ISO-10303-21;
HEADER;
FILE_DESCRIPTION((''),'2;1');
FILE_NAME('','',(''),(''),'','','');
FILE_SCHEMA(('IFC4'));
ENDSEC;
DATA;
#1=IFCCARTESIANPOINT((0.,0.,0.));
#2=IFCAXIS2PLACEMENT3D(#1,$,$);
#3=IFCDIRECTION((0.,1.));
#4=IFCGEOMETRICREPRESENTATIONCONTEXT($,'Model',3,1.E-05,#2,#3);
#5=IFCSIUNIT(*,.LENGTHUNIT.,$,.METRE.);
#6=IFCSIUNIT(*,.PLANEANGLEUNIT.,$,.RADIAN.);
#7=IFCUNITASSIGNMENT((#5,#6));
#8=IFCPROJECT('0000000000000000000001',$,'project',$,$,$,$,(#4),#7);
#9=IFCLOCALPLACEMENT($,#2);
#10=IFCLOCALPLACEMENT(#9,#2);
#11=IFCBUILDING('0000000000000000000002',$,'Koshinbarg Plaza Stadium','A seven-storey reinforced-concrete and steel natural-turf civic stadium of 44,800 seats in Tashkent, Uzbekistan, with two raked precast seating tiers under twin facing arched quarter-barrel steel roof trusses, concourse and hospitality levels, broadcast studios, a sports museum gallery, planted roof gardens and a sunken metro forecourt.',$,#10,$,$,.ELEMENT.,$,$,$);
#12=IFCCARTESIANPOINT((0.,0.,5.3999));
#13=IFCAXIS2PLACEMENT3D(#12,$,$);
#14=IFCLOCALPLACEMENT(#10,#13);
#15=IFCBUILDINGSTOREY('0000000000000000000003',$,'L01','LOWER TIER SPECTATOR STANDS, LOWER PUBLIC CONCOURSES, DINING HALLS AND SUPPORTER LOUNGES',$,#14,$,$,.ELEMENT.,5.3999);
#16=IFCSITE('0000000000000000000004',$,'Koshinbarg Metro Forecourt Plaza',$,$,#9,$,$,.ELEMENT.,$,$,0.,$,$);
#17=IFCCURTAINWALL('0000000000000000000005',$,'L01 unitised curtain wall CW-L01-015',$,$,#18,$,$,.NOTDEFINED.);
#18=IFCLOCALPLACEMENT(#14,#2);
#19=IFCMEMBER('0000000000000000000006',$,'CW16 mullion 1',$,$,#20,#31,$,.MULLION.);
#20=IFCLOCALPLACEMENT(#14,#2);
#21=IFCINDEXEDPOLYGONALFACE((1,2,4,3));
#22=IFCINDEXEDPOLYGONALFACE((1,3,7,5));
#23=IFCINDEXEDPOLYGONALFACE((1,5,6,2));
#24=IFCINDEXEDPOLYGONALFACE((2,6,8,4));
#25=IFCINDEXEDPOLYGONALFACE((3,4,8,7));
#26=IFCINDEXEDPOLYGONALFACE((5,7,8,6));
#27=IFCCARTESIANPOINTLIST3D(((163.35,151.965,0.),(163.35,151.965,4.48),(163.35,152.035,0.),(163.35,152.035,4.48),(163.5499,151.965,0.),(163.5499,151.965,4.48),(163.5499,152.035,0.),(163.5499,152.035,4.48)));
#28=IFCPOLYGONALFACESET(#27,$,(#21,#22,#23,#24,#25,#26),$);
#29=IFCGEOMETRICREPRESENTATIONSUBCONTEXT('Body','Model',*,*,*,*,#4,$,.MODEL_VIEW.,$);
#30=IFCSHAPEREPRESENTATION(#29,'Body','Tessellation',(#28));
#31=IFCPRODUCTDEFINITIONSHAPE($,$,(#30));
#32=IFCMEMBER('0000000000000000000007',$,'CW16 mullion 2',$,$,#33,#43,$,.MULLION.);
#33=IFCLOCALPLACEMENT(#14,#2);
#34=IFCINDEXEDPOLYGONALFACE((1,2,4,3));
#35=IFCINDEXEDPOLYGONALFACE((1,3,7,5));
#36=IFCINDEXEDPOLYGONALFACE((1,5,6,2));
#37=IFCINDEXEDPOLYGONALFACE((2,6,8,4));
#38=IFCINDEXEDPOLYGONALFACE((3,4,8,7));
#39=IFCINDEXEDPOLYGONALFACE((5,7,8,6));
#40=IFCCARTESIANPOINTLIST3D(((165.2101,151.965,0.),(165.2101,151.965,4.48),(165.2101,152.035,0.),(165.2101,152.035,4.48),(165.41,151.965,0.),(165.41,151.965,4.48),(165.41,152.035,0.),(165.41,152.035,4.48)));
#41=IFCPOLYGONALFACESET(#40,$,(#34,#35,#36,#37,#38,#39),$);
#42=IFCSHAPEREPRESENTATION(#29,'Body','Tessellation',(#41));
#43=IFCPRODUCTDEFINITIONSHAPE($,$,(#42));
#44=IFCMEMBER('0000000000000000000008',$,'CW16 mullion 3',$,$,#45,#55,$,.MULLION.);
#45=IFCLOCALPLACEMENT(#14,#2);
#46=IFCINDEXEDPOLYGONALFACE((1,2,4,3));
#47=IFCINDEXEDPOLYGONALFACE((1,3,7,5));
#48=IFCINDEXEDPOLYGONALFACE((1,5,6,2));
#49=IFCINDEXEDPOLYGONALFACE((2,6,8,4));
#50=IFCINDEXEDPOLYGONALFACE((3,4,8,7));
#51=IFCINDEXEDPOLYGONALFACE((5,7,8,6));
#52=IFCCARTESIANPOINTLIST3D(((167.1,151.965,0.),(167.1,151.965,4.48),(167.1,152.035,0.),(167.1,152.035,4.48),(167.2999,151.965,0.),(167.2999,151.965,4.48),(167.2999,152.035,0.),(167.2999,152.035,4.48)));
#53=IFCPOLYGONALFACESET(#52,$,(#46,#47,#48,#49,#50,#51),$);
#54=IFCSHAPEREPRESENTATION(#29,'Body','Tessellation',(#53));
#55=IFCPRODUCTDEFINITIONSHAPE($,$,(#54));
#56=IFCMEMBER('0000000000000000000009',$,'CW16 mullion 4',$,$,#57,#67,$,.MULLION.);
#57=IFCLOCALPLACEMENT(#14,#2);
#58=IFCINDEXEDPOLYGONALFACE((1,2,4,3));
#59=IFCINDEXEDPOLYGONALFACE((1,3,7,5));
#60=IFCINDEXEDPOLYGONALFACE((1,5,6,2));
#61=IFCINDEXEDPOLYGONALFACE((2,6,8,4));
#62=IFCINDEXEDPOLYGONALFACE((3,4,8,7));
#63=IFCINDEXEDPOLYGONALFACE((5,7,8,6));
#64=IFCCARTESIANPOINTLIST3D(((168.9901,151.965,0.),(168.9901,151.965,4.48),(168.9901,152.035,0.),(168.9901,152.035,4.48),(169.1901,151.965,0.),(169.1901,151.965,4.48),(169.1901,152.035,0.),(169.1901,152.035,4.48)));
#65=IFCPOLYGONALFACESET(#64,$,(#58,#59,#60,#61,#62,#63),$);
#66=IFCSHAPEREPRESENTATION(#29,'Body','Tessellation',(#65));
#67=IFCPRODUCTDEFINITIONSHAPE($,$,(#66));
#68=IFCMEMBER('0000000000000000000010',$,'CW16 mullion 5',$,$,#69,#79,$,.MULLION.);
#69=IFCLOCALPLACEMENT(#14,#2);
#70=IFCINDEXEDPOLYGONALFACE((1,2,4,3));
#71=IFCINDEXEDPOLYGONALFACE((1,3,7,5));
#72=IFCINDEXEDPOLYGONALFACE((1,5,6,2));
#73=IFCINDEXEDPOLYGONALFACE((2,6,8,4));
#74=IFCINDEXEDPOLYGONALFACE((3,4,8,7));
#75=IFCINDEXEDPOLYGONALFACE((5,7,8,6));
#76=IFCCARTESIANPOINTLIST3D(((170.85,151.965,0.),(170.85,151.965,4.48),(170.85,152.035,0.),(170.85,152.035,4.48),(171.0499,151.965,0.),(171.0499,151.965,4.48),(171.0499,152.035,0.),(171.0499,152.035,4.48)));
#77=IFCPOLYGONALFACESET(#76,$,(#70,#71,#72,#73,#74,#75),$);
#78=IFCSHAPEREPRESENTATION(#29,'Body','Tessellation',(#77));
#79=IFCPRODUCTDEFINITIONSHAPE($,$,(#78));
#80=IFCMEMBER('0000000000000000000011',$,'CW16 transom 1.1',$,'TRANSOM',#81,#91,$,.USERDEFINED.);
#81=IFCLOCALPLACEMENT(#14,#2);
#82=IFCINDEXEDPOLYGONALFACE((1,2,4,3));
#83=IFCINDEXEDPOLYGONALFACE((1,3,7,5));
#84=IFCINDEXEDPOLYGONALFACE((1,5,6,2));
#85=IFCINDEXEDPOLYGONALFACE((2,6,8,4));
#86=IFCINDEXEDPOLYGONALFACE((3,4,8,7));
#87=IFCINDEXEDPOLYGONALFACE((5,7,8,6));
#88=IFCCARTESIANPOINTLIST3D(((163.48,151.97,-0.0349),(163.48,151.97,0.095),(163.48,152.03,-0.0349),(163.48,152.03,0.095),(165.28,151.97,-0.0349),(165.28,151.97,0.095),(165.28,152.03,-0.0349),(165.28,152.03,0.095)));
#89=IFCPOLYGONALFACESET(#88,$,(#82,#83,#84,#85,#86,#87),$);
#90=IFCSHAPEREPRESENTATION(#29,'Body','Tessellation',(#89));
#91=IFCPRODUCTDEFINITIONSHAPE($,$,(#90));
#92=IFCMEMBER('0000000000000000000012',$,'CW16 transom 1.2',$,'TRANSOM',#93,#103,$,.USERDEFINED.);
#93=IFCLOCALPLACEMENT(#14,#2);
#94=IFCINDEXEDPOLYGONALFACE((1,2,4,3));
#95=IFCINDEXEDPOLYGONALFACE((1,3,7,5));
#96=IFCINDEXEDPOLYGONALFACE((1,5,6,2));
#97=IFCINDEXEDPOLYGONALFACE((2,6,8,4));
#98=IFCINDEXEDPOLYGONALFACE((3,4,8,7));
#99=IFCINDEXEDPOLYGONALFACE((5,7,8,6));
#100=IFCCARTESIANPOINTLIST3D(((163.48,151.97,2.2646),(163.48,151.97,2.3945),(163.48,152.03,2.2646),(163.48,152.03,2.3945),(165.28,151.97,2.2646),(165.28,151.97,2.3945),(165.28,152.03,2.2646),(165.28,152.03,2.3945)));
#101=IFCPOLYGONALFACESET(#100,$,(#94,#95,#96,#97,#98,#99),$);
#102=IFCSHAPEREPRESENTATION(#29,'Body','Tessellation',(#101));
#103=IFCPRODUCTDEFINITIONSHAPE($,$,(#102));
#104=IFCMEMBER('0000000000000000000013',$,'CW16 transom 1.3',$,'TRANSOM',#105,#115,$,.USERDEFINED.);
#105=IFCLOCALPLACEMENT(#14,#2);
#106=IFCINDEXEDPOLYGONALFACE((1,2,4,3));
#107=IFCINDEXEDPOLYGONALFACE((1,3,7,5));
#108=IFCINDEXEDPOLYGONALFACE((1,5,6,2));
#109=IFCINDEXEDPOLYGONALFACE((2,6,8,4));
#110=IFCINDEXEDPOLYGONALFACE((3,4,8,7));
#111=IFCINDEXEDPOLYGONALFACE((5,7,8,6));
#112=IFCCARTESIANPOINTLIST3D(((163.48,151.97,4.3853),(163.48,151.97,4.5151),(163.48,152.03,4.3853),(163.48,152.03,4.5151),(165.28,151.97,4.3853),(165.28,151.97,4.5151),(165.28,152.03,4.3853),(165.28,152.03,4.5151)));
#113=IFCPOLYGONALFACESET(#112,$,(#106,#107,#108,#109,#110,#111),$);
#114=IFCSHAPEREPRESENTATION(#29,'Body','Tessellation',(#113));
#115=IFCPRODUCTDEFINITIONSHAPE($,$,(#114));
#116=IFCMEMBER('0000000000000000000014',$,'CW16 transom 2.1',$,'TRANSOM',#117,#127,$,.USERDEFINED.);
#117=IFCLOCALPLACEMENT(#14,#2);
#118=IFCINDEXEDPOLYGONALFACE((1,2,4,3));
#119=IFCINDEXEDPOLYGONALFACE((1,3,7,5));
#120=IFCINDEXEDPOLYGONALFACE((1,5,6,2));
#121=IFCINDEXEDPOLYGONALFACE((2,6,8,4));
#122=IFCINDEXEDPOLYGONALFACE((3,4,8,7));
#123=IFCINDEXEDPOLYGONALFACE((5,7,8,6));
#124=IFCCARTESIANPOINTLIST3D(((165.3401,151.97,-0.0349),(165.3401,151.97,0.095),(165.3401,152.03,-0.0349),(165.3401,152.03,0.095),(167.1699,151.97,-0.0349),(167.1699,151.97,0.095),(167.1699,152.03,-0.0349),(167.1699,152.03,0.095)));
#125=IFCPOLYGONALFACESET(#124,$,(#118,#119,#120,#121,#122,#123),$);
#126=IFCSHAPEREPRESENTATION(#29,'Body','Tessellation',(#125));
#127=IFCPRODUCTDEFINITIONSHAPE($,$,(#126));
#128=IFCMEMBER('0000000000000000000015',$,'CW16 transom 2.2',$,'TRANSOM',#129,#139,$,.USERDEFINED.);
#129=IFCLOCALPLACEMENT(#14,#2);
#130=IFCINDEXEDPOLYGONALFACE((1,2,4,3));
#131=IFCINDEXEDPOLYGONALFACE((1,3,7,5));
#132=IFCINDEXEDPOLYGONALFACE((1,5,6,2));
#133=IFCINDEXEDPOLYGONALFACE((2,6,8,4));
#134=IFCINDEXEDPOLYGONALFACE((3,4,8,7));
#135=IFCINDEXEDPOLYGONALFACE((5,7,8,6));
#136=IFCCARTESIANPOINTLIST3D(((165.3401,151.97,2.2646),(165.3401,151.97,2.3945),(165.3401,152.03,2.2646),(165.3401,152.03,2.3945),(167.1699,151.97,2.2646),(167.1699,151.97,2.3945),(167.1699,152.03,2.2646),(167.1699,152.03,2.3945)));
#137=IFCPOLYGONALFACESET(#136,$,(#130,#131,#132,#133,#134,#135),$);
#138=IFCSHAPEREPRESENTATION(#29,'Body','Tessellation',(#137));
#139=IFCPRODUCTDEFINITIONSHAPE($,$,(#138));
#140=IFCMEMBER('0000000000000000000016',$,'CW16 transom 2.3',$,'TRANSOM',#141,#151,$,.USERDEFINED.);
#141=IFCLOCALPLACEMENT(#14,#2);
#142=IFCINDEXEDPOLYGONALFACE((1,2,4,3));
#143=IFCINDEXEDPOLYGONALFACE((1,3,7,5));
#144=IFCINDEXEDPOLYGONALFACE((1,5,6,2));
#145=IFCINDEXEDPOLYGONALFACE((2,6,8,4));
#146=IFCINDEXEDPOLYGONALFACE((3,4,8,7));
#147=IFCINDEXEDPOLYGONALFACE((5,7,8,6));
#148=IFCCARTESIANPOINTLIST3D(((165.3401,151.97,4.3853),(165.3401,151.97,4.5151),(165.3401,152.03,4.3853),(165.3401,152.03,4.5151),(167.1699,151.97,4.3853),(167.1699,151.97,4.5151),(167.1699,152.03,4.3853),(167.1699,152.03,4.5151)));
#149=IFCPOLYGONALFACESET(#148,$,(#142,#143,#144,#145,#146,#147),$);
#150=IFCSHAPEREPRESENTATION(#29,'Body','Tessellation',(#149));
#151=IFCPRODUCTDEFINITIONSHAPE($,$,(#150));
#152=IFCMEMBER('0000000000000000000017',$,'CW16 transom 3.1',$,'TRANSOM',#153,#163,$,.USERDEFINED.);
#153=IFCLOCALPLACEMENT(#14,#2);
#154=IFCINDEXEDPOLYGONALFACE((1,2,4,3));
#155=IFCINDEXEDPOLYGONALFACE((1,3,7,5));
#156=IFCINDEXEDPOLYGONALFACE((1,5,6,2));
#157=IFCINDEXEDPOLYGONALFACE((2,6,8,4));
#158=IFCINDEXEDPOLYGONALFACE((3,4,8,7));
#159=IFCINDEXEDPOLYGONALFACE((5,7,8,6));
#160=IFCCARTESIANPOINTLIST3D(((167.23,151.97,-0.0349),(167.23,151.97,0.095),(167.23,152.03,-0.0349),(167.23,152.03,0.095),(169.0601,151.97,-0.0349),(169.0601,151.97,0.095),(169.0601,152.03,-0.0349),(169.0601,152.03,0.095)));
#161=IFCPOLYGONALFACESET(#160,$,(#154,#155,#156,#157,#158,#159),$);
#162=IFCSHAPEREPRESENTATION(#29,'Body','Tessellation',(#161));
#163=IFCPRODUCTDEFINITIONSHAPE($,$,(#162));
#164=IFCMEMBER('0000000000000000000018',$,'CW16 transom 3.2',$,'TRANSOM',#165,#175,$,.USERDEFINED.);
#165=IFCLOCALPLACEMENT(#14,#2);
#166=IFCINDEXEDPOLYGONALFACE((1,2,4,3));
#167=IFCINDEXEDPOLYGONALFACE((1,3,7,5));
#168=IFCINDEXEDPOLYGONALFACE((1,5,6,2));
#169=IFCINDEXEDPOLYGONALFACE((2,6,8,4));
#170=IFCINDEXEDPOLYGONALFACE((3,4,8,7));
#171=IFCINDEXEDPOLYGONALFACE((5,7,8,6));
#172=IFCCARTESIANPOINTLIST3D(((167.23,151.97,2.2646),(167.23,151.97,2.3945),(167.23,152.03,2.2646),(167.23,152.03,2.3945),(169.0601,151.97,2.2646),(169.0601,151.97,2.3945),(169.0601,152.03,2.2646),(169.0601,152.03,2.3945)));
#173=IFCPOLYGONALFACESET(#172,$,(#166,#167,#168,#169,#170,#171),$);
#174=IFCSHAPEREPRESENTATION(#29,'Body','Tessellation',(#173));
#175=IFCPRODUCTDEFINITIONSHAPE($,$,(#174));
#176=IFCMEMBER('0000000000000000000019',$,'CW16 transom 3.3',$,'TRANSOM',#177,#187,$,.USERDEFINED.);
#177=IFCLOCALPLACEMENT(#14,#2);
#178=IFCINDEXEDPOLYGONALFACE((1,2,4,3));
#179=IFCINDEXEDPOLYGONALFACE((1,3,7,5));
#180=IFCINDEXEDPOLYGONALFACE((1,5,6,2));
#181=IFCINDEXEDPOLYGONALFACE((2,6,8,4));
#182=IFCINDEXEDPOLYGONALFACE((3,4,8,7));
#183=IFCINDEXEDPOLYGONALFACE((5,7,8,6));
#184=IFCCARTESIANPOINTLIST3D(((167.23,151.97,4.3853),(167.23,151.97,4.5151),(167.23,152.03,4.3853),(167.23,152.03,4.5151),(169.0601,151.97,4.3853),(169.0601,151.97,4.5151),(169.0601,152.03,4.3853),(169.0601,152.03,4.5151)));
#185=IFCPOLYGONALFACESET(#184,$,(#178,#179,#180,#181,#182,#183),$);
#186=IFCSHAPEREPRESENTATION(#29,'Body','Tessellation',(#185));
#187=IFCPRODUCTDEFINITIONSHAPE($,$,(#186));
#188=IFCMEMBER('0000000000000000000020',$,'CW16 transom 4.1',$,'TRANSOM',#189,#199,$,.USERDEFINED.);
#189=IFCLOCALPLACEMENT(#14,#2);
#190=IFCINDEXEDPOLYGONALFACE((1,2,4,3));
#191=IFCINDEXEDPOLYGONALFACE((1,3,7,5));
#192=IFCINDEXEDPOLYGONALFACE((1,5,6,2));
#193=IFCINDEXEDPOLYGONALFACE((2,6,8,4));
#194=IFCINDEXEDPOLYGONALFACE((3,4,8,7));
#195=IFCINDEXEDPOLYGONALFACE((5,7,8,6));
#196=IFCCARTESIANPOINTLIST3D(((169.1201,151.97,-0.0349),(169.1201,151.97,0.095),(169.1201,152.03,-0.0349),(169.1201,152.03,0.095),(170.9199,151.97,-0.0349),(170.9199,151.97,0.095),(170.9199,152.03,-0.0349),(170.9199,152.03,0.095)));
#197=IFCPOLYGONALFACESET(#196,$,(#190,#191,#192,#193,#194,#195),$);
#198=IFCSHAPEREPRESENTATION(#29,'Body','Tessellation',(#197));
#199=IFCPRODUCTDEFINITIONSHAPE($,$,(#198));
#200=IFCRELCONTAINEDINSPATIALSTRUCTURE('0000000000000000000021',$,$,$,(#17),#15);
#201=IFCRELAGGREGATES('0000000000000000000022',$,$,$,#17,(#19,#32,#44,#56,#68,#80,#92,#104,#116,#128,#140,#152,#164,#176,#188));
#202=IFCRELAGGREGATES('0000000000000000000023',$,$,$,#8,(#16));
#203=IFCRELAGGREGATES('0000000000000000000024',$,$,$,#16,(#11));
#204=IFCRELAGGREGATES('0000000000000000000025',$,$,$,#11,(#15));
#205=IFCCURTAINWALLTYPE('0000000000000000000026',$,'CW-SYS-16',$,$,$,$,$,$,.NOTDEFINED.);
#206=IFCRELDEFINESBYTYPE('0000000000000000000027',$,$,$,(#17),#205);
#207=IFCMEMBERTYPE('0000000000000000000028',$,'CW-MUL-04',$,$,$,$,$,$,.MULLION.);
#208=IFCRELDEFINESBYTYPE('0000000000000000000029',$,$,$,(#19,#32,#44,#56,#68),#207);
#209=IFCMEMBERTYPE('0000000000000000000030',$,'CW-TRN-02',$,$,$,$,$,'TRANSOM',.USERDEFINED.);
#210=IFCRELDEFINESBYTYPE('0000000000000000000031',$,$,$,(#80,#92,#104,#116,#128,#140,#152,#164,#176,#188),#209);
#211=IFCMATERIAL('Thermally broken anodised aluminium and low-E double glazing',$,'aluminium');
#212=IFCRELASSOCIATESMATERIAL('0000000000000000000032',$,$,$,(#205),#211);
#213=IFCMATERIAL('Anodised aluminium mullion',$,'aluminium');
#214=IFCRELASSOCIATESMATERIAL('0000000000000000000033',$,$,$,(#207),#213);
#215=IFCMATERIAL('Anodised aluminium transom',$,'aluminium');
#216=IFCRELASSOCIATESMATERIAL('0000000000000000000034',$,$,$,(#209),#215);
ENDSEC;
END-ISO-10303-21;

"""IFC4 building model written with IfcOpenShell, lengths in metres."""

from ifc_helpers import new_model, si_unit, direction, frame, origin, origin_2d, place, context, subcontext, project, spatial, rectangle, extrude, material, material_profile, profile_set, type_object, element, aggregate, save


model = new_model("IFC4")

# Units and contexts
model_context = context("Model", 3, precision=1e-05, world=origin(), true_north=direction((0.0, 1.0)))
body_context = subcontext(model_context, "Body", "Model", "MODEL_VIEW")
ifc_project = project(units=[si_unit("LENGTHUNIT", "METRE"), si_unit("PLANEANGLEUNIT", "RADIAN")], contexts=[model_context])

# Site, building, storey
site_placement = place(None, origin())
site = spatial("IfcSite", under=ifc_project, at=site_placement, Name="Koshinbarg Metro Forecourt Plaza", CompositionType="ELEMENT", RefElevation=0.0)
building_placement = place(site_placement, origin())
building = spatial("IfcBuilding", under=site, at=building_placement, Name="Koshinbarg Plaza Stadium", Description="A seven-storey reinforced-concrete and steel natural-turf civic stadium of 44,800 seats in Tashkent, Uzbekistan, with two raked precast seating tiers under twin facing arched quarter-barrel steel roof trusses, concourse and hospitality levels, broadcast studios, a sports museum gallery, planted roof gardens and a sunken metro forecourt.", CompositionType="ELEMENT")
storey_placement = place(building_placement, frame((0.0, 0.0, 5.3999)))
storey = spatial("IfcBuildingStorey", under=building, at=storey_placement, Name="L01", Description="LOWER TIER SPECTATOR STANDS, LOWER PUBLIC CONCOURSES, DINING HALLS AND SUPPORTER LOUNGES", CompositionType="ELEMENT", Elevation=5.3999)

# Curtain wall, members
ifc_material_1 = material(Name="Thermally broken anodised aluminium and low-E double glazing", Category="aluminium")
curtain_wall_type = type_object("IfcCurtainWallType", Name="CW-SYS-16", PredefinedType="NOTDEFINED", material=ifc_material_1)
curtain_wall_placement = place(storey_placement, origin())
curtain_wall = element("IfcCurtainWall", 1, at=curtain_wall_placement, inside=storey, type_object=curtain_wall_type, Name="L01 unitised curtain wall CW-L01-015", PredefinedType="NOTDEFINED")
ifc_material_2 = material(Name="Anodised aluminium mullion", Category="aluminium")
ifc_material_profile_1 = material_profile(ifc_material_2, rectangle(XDim=0.0701, YDim=0.2, at=origin_2d()), Name="ALU 70x200")
ifc_profile_set_1 = profile_set([ifc_material_profile_1], Name="Anodised aluminium mullion")
member_type_1 = type_object("IfcMemberType", Name="CW-MUL-04", PredefinedType="MULLION", material=ifc_profile_set_1)
member_1_placement = place(storey_placement, frame((163.45, 152.0, 0.0), z_axis=(0.0, 0.0, 1.0), x_axis=(0.0, 1.0, 0.0)))
member_1 = element("IfcMember", 2, at=member_1_placement, type_object=member_type_1, Name="CW16 mullion 1", PredefinedType="MULLION", context=body_context, shape_type="SweptSolid", body=[
    extrude(rectangle(XDim=0.0701, YDim=0.2, at=origin_2d()), origin(), (0.0, 0.0, 1.0), 4.48),
])
member_2_placement = place(storey_placement, frame((165.3101, 152.0, 0.0), z_axis=(0.0, 0.0, 1.0), x_axis=(0.0, 1.0, 0.0)))
member_2 = element("IfcMember", 3, at=member_2_placement, type_object=member_type_1, Name="CW16 mullion 2", PredefinedType="MULLION", context=body_context, shape_type="SweptSolid", body=[
    extrude(rectangle(XDim=0.0701, YDim=0.2, at=origin_2d()), origin(), (0.0, 0.0, 1.0), 4.48),
])
member_3_placement = place(storey_placement, frame((167.2, 152.0, 0.0), z_axis=(0.0, 0.0, 1.0), x_axis=(0.0, 1.0, 0.0)))
member_3 = element("IfcMember", 4, at=member_3_placement, type_object=member_type_1, Name="CW16 mullion 3", PredefinedType="MULLION", context=body_context, shape_type="SweptSolid", body=[
    extrude(rectangle(XDim=0.0701, YDim=0.2, at=origin_2d()), origin(), (0.0, 0.0, 1.0), 4.48),
])
member_4_placement = place(storey_placement, frame((169.0901, 152.0, 0.0), z_axis=(0.0, 0.0, 1.0), x_axis=(0.0, 1.0, 0.0)))
member_4 = element("IfcMember", 5, at=member_4_placement, type_object=member_type_1, Name="CW16 mullion 4", PredefinedType="MULLION", context=body_context, shape_type="SweptSolid", body=[
    extrude(rectangle(XDim=0.0701, YDim=0.2, at=origin_2d()), origin(), (0.0, 0.0, 1.0), 4.48),
])
member_5_placement = place(storey_placement, frame((170.95, 152.0, 0.0), z_axis=(0.0, 0.0, 1.0), x_axis=(0.0, 1.0, 0.0)))
member_5 = element("IfcMember", 6, at=member_5_placement, type_object=member_type_1, Name="CW16 mullion 5", PredefinedType="MULLION", context=body_context, shape_type="SweptSolid", body=[
    extrude(rectangle(XDim=0.0701, YDim=0.2, at=origin_2d()), origin(), (0.0, 0.0, 1.0), 4.48),
])
ifc_material_3 = material(Name="Anodised aluminium transom", Category="aluminium")
ifc_material_profile_2 = material_profile(ifc_material_3, rectangle(XDim=0.0601, YDim=0.1299, at=origin_2d()), Name="ALU 60x130")
ifc_profile_set_2 = profile_set([ifc_material_profile_2], Name="Anodised aluminium transom")
member_type_2 = type_object("IfcMemberType", Name="CW-TRN-02", ElementType="TRANSOM", PredefinedType="USERDEFINED", material=ifc_profile_set_2)
member_6_placement = place(storey_placement, frame((163.48, 152.0, 0.03), z_axis=(1.0, 0.0, 0.0), x_axis=(0.0, 1.0, 0.0)))
member_6 = element("IfcMember", 7, at=member_6_placement, type_object=member_type_2, Name="CW16 transom 1.1", ObjectType="TRANSOM", PredefinedType="USERDEFINED", context=body_context, shape_type="SweptSolid", body=[
    extrude(rectangle(XDim=0.0601, YDim=0.1299, at=origin_2d()), origin(), (0.0, 0.0, 1.0), 1.8),
])
member_7_placement = place(storey_placement, frame((163.48, 152.0, 2.3296), z_axis=(1.0, 0.0, 0.0), x_axis=(0.0, 1.0, 0.0)))
member_7 = element("IfcMember", 8, at=member_7_placement, type_object=member_type_2, Name="CW16 transom 1.2", ObjectType="TRANSOM", PredefinedType="USERDEFINED", context=body_context, shape_type="SweptSolid", body=[
    extrude(rectangle(XDim=0.0601, YDim=0.1299, at=origin_2d()), origin(), (0.0, 0.0, 1.0), 1.8),
])
member_8_placement = place(storey_placement, frame((163.48, 152.0, 4.4502), z_axis=(1.0, 0.0, 0.0), x_axis=(0.0, 1.0, 0.0)))
member_8 = element("IfcMember", 9, at=member_8_placement, type_object=member_type_2, Name="CW16 transom 1.3", ObjectType="TRANSOM", PredefinedType="USERDEFINED", context=body_context, shape_type="SweptSolid", body=[
    extrude(rectangle(XDim=0.0601, YDim=0.1299, at=origin_2d()), origin(), (0.0, 0.0, 1.0), 1.8),
])
member_9_placement = place(storey_placement, frame((165.3401, 152.0, 0.03), z_axis=(1.0, 0.0, 0.0), x_axis=(0.0, 1.0, 0.0)))
member_9 = element("IfcMember", 10, at=member_9_placement, type_object=member_type_2, Name="CW16 transom 2.1", ObjectType="TRANSOM", PredefinedType="USERDEFINED", context=body_context, shape_type="SweptSolid", body=[
    extrude(rectangle(XDim=0.0601, YDim=0.1299, at=origin_2d()), origin(), (0.0, 0.0, 1.0), 1.8298),
])
member_10_placement = place(storey_placement, frame((165.3401, 152.0, 2.3296), z_axis=(1.0, 0.0, 0.0), x_axis=(0.0, 1.0, 0.0)))
member_10 = element("IfcMember", 11, at=member_10_placement, type_object=member_type_2, Name="CW16 transom 2.2", ObjectType="TRANSOM", PredefinedType="USERDEFINED", context=body_context, shape_type="SweptSolid", body=[
    extrude(rectangle(XDim=0.0601, YDim=0.1299, at=origin_2d()), origin(), (0.0, 0.0, 1.0), 1.8298),
])
member_11_placement = place(storey_placement, frame((165.3401, 152.0, 4.4502), z_axis=(1.0, 0.0, 0.0), x_axis=(0.0, 1.0, 0.0)))
member_11 = element("IfcMember", 12, at=member_11_placement, type_object=member_type_2, Name="CW16 transom 2.3", ObjectType="TRANSOM", PredefinedType="USERDEFINED", context=body_context, shape_type="SweptSolid", body=[
    extrude(rectangle(XDim=0.0601, YDim=0.1299, at=origin_2d()), origin(), (0.0, 0.0, 1.0), 1.8298),
])
member_12_placement = place(storey_placement, frame((167.23, 152.0, 0.03), z_axis=(1.0, 0.0, 0.0), x_axis=(0.0, 1.0, 0.0)))
member_12 = element("IfcMember", 13, at=member_12_placement, type_object=member_type_2, Name="CW16 transom 3.1", ObjectType="TRANSOM", PredefinedType="USERDEFINED", context=body_context, shape_type="SweptSolid", body=[
    extrude(rectangle(XDim=0.0601, YDim=0.1299, at=origin_2d()), origin(), (0.0, 0.0, 1.0), 1.8301),
])
member_13_placement = place(storey_placement, frame((167.23, 152.0, 2.3296), z_axis=(1.0, 0.0, 0.0), x_axis=(0.0, 1.0, 0.0)))
member_13 = element("IfcMember", 14, at=member_13_placement, type_object=member_type_2, Name="CW16 transom 3.2", ObjectType="TRANSOM", PredefinedType="USERDEFINED", context=body_context, shape_type="SweptSolid", body=[
    extrude(rectangle(XDim=0.0601, YDim=0.1299, at=origin_2d()), origin(), (0.0, 0.0, 1.0), 1.8301),
])
member_14_placement = place(storey_placement, frame((167.23, 152.0, 4.4502), z_axis=(1.0, 0.0, 0.0), x_axis=(0.0, 1.0, 0.0)))
member_14 = element("IfcMember", 15, at=member_14_placement, type_object=member_type_2, Name="CW16 transom 3.3", ObjectType="TRANSOM", PredefinedType="USERDEFINED", context=body_context, shape_type="SweptSolid", body=[
    extrude(rectangle(XDim=0.0601, YDim=0.1299, at=origin_2d()), origin(), (0.0, 0.0, 1.0), 1.8301),
])
member_15_placement = place(storey_placement, frame((169.1201, 152.0, 0.03), z_axis=(1.0, 0.0, 0.0), x_axis=(0.0, 1.0, 0.0)))
member_15 = element("IfcMember", 16, at=member_15_placement, type_object=member_type_2, Name="CW16 transom 4.1", ObjectType="TRANSOM", PredefinedType="USERDEFINED", context=body_context, shape_type="SweptSolid", body=[
    extrude(rectangle(XDim=0.0601, YDim=0.1299, at=origin_2d()), origin(), (0.0, 0.0, 1.0), 1.7998),
])
aggregate(curtain_wall, [member_1, member_2, member_3, member_4, member_5, member_6, member_7, member_8, member_9, member_10, member_11, member_12, member_13, member_14, member_15])

save(model, "model.ifc")
